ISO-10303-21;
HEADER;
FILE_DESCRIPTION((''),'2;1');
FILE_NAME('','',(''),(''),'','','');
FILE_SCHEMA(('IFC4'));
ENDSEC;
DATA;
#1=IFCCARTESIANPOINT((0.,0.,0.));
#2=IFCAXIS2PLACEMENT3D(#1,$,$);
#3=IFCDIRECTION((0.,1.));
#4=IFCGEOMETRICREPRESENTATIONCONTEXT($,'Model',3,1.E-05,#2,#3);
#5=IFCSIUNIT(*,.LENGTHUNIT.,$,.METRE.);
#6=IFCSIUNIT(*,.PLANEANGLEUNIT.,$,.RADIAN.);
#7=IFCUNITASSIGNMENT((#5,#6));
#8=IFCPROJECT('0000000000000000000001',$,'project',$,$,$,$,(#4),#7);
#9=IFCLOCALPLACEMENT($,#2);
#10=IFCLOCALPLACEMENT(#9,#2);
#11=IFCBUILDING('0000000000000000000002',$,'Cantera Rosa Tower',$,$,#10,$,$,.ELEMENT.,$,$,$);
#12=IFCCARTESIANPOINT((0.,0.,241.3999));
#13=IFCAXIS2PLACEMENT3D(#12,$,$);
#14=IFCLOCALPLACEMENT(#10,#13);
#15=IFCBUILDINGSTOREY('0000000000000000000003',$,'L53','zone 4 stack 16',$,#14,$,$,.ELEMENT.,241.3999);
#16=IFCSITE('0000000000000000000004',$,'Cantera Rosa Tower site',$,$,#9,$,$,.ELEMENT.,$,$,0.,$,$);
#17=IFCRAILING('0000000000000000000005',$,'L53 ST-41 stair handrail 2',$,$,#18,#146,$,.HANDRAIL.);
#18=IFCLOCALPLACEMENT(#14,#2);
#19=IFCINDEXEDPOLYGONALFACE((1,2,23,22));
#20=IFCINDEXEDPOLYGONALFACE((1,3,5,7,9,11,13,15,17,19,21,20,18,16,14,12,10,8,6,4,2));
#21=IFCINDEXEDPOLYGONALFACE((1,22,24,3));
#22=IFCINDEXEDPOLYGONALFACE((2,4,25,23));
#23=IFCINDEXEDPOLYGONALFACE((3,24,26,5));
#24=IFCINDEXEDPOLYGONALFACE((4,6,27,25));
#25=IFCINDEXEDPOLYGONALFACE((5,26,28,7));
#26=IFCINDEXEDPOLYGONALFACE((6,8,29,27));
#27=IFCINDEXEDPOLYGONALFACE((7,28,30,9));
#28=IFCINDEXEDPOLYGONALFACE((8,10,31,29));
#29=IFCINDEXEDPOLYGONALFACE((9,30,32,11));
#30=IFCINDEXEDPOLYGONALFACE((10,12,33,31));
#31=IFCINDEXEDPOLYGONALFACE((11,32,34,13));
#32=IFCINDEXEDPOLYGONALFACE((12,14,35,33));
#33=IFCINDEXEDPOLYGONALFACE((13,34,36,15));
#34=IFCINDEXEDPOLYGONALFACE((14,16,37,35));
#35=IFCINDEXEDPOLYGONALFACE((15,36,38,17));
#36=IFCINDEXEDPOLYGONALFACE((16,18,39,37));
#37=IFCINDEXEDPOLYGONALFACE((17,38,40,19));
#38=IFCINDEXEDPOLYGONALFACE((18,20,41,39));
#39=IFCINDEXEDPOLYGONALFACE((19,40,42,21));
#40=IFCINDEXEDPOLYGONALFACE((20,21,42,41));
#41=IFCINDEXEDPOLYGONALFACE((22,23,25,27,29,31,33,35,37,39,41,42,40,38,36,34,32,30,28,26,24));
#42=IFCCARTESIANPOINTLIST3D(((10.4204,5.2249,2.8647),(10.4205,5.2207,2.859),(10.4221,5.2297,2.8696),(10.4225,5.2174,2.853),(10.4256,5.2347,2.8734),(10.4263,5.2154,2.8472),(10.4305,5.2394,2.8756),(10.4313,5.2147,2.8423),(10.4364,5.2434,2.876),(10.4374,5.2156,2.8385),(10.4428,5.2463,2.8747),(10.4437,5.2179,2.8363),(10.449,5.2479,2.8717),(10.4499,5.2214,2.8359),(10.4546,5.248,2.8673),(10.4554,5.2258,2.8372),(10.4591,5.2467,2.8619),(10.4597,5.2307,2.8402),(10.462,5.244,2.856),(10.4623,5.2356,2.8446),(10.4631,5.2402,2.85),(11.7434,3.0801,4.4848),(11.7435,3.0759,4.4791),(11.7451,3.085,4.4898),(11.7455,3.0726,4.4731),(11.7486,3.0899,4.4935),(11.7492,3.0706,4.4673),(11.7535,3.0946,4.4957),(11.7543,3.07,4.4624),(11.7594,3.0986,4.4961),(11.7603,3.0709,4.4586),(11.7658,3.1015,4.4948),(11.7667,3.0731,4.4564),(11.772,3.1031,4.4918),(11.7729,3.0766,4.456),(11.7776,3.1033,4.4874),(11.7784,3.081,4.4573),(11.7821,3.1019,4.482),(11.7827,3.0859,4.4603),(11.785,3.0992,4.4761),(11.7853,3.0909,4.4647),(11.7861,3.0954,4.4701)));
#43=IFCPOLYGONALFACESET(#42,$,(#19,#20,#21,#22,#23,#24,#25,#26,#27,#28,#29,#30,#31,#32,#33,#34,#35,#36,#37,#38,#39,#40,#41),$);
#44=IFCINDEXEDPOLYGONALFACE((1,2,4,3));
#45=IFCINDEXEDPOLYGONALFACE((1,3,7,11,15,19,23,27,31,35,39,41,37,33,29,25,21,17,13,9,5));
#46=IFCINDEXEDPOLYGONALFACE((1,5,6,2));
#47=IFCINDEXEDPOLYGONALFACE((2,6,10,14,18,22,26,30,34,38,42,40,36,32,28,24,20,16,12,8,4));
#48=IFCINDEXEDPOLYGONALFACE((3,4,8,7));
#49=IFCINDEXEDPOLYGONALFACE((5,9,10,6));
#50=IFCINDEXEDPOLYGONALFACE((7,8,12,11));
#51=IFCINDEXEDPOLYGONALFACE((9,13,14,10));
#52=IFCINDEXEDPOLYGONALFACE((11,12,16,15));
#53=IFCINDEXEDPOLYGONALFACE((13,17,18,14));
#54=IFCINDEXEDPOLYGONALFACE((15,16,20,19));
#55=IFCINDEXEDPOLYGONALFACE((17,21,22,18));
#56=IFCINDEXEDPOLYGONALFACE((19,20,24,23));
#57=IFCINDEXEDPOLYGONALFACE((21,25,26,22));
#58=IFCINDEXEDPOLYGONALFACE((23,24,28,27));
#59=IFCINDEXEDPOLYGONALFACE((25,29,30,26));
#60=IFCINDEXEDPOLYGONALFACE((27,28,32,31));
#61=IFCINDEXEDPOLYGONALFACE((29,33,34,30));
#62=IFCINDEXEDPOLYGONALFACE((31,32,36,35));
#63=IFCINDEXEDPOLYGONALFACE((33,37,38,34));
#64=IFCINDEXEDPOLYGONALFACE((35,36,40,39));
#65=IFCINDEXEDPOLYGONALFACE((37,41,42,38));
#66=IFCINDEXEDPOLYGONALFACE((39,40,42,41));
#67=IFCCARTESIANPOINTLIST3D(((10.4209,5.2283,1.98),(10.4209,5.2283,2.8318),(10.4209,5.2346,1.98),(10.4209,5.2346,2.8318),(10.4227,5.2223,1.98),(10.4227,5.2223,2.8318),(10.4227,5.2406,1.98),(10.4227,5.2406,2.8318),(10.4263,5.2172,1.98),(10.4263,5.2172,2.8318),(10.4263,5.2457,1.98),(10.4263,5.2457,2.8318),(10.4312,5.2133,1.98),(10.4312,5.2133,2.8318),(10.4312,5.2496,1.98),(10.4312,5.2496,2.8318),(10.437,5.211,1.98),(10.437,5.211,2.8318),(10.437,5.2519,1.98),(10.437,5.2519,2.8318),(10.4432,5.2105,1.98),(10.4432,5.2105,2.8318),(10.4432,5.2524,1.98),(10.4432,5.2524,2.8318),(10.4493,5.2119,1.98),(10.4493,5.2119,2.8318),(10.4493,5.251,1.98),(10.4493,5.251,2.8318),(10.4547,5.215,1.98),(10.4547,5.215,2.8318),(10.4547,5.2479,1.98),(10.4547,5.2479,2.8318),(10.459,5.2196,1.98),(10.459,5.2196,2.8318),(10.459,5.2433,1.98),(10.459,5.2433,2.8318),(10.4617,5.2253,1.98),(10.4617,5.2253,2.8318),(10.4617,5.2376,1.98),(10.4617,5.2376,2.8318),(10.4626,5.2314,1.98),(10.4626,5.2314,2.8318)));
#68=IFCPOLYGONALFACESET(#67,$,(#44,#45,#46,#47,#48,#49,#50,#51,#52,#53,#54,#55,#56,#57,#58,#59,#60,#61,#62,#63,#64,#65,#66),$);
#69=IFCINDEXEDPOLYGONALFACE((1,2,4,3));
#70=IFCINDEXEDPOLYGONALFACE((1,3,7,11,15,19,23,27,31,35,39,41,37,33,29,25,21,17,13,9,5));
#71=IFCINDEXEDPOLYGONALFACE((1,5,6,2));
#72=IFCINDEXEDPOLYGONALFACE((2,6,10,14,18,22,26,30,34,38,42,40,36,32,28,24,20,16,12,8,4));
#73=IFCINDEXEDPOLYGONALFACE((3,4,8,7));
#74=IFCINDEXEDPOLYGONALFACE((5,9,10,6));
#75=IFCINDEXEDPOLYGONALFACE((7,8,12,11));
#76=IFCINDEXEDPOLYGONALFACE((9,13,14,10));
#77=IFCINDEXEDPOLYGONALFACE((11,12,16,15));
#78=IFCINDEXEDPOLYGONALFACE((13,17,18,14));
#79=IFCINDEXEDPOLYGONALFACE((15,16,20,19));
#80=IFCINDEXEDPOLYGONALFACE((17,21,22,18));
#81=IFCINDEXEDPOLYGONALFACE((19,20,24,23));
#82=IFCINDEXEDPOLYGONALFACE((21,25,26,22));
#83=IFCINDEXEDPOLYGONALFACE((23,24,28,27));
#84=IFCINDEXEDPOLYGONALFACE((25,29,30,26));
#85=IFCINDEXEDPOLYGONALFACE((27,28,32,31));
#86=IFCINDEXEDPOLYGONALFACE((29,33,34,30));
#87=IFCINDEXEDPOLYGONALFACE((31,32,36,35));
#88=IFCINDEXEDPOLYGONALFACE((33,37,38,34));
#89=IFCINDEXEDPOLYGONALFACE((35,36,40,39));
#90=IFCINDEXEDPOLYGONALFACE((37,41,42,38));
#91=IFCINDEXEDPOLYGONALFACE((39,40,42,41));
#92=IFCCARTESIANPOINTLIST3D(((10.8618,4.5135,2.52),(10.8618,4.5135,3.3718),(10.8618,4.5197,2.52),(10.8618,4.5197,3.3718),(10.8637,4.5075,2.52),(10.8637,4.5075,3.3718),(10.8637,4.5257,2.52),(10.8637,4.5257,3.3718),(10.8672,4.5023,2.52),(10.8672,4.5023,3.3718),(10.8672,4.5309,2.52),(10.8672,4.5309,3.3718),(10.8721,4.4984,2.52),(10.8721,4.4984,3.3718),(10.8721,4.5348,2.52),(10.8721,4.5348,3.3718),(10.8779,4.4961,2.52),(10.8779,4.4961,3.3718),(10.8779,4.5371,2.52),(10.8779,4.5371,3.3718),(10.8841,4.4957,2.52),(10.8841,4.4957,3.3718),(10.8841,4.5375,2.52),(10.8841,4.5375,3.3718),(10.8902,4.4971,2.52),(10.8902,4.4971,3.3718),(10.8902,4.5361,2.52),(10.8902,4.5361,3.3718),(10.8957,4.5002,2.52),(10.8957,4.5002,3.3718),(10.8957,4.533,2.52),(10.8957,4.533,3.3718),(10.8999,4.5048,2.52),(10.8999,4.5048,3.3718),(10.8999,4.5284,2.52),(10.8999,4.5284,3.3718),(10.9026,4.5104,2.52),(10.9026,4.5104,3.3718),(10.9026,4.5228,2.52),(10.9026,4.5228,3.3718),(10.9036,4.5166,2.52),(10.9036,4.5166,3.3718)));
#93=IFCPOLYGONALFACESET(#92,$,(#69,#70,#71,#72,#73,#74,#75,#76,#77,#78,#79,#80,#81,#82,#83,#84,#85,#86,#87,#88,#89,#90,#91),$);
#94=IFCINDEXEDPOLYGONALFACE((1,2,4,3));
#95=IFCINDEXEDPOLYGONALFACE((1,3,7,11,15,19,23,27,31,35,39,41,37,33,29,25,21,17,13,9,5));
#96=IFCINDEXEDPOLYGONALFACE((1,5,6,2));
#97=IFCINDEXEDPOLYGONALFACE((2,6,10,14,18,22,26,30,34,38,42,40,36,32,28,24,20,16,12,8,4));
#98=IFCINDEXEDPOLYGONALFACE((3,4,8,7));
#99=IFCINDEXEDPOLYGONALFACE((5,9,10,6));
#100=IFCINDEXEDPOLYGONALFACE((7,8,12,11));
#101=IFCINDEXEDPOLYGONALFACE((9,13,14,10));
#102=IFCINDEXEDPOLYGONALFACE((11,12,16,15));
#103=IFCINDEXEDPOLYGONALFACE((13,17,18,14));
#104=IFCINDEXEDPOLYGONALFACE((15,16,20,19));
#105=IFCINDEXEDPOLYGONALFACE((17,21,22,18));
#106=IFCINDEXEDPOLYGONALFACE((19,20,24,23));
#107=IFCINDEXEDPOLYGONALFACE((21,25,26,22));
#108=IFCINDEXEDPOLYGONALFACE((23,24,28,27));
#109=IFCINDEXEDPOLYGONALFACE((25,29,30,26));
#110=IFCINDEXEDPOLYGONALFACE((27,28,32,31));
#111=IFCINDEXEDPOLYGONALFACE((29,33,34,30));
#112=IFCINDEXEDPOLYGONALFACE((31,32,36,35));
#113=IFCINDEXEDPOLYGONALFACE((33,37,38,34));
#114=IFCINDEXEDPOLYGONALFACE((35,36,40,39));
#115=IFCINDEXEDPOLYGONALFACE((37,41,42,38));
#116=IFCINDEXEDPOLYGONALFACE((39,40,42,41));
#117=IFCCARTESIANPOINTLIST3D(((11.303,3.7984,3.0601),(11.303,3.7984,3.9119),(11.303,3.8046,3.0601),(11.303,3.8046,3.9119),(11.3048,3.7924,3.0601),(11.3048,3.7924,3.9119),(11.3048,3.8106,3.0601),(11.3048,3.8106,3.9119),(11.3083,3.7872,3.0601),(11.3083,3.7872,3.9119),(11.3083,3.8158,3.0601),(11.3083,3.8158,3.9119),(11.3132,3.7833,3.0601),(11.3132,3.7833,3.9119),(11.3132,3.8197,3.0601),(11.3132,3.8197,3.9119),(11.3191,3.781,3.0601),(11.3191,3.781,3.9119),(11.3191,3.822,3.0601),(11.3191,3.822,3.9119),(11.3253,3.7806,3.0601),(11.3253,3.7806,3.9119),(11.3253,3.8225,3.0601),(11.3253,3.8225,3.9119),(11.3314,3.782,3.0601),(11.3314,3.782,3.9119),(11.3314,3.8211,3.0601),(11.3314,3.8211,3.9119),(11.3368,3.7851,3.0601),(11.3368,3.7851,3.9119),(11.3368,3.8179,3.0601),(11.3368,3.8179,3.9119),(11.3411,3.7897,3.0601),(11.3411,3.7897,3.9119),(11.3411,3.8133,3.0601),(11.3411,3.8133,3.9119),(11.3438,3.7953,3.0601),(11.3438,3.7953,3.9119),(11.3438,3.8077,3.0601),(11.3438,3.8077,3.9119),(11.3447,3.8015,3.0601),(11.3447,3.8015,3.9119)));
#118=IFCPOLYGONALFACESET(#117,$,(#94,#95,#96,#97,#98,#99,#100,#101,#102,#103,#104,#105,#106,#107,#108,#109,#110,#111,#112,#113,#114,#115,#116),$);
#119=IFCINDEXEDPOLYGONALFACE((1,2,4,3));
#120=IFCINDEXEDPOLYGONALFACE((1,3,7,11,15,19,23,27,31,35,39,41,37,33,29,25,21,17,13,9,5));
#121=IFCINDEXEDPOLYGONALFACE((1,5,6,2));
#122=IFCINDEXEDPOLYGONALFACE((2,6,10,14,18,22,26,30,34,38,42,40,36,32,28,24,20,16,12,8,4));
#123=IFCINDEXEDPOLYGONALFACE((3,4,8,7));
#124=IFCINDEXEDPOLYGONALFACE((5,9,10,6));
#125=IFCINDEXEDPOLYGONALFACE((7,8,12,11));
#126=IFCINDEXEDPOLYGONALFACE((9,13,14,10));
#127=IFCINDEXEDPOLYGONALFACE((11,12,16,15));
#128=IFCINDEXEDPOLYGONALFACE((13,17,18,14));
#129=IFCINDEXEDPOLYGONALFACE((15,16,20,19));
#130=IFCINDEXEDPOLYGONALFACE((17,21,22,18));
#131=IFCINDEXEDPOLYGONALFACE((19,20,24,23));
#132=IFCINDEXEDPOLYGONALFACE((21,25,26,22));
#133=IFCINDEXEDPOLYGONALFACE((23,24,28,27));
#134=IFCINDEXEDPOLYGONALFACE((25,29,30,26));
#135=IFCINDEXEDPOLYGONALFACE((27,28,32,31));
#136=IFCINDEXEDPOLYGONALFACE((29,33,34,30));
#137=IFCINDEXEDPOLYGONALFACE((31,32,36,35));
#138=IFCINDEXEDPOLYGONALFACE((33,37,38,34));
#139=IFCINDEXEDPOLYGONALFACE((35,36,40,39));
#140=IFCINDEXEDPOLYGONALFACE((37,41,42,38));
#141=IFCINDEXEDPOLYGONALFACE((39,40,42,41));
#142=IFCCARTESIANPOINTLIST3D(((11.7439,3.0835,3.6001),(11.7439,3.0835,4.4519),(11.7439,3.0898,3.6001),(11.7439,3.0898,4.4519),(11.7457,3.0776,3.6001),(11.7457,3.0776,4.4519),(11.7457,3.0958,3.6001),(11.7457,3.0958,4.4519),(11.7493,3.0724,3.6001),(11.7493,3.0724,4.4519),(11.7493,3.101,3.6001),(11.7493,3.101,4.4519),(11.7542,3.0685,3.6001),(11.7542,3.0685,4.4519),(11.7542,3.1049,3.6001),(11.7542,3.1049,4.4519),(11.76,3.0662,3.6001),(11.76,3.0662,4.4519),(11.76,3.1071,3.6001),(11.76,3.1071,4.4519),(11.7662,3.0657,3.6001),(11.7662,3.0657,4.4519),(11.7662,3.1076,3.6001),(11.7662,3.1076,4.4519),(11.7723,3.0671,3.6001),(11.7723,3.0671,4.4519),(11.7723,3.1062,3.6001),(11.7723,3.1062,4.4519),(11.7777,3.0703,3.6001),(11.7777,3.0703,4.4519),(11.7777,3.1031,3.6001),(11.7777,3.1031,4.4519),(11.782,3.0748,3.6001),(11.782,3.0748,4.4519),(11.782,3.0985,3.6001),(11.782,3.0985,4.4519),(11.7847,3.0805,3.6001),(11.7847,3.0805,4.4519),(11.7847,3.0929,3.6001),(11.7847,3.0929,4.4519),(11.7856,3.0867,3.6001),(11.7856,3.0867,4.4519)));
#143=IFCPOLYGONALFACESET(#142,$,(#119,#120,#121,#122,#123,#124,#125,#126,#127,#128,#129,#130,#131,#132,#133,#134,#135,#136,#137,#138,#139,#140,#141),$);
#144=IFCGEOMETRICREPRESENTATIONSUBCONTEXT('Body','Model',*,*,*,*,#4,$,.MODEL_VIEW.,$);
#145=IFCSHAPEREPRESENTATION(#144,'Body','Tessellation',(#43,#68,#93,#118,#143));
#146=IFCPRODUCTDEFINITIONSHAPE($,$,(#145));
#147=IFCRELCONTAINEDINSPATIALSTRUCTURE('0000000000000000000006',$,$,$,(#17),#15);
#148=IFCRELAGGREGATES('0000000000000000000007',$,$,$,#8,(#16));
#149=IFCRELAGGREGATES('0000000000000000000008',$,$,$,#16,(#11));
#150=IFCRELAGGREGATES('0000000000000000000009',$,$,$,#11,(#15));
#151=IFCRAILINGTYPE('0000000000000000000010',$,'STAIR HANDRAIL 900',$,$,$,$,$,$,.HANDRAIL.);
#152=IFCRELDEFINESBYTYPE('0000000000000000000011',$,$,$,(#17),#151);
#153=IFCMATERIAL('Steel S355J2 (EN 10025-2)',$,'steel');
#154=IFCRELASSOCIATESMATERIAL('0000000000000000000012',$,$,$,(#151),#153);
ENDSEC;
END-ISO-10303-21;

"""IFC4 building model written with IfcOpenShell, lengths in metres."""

from ifc_helpers import new_model, si_unit, direction, frame, origin, origin_2d, place, context, subcontext, project, spatial, circle, extrude, material, type_object, element, save


model = new_model("IFC4")

# Units and contexts
model_context = context("Model", 3, precision=1e-05, world=origin(), true_north=direction((0.0, 1.0)))
body_context = subcontext(model_context, "Body", "Model", "MODEL_VIEW")
ifc_project = project(units=[si_unit("LENGTHUNIT", "METRE"), si_unit("PLANEANGLEUNIT", "RADIAN")], contexts=[model_context])

# Site, building, storey
site_placement = place(None, origin())
site = spatial("IfcSite", under=ifc_project, at=site_placement, Name="Cantera Rosa Tower site", CompositionType="ELEMENT", RefElevation=0.0)
building_placement = place(site_placement, origin())
building = spatial("IfcBuilding", under=site, at=building_placement, Name="Cantera Rosa Tower", CompositionType="ELEMENT")
storey_placement = place(building_placement, frame((0.0, 0.0, 241.3999)))
storey = spatial("IfcBuildingStorey", under=building, at=storey_placement, Name="L53", Description="zone 4 stack 16", CompositionType="ELEMENT", Elevation=241.3999)

# Railing
ifc_material_1 = material(Name="Steel S355J2 (EN 10025-2)", Category="steel")
railing_type_1 = type_object("IfcRailingType", Name="STAIR HANDRAIL 900", PredefinedType="HANDRAIL", material=ifc_material_1)
railing_1_placement = place(storey_placement, frame((10.4417, 5.2314, 1.98)))
element("IfcRailing", 1, at=railing_1_placement, inside=storey, type_object=railing_type_1, Name="L53 ST-41 stair handrail 2", PredefinedType="HANDRAIL", context=body_context, shape_type="SweptSolid", body=[
    extrude(circle(Radius=0.0239, at=origin_2d()), frame((0.0, 0.0, 0.876), z_axis=(0.441609, -0.715914, 0.540786), x_axis=(0.851102, 0.525, 0.0)), (0.0, 0.0, 1.0), 2.9958),
    extrude(circle(Radius=0.021, at=origin_2d()), origin(), (0.0, 0.0, 1.0), 0.8518),
    extrude(circle(Radius=0.021, at=origin_2d()), frame((0.4409, -0.7148, 0.54)), (0.0, 0.0, 1.0), 0.8518),
    extrude(circle(Radius=0.021, at=origin_2d()), frame((0.8821, -1.4299, 1.0801)), (0.0, 0.0, 1.0), 0.8518),
    extrude(circle(Radius=0.021, at=origin_2d()), frame((1.323, -2.1448, 1.6201)), (0.0, 0.0, 1.0), 0.8518),
])

save(model, "model.ifc")
